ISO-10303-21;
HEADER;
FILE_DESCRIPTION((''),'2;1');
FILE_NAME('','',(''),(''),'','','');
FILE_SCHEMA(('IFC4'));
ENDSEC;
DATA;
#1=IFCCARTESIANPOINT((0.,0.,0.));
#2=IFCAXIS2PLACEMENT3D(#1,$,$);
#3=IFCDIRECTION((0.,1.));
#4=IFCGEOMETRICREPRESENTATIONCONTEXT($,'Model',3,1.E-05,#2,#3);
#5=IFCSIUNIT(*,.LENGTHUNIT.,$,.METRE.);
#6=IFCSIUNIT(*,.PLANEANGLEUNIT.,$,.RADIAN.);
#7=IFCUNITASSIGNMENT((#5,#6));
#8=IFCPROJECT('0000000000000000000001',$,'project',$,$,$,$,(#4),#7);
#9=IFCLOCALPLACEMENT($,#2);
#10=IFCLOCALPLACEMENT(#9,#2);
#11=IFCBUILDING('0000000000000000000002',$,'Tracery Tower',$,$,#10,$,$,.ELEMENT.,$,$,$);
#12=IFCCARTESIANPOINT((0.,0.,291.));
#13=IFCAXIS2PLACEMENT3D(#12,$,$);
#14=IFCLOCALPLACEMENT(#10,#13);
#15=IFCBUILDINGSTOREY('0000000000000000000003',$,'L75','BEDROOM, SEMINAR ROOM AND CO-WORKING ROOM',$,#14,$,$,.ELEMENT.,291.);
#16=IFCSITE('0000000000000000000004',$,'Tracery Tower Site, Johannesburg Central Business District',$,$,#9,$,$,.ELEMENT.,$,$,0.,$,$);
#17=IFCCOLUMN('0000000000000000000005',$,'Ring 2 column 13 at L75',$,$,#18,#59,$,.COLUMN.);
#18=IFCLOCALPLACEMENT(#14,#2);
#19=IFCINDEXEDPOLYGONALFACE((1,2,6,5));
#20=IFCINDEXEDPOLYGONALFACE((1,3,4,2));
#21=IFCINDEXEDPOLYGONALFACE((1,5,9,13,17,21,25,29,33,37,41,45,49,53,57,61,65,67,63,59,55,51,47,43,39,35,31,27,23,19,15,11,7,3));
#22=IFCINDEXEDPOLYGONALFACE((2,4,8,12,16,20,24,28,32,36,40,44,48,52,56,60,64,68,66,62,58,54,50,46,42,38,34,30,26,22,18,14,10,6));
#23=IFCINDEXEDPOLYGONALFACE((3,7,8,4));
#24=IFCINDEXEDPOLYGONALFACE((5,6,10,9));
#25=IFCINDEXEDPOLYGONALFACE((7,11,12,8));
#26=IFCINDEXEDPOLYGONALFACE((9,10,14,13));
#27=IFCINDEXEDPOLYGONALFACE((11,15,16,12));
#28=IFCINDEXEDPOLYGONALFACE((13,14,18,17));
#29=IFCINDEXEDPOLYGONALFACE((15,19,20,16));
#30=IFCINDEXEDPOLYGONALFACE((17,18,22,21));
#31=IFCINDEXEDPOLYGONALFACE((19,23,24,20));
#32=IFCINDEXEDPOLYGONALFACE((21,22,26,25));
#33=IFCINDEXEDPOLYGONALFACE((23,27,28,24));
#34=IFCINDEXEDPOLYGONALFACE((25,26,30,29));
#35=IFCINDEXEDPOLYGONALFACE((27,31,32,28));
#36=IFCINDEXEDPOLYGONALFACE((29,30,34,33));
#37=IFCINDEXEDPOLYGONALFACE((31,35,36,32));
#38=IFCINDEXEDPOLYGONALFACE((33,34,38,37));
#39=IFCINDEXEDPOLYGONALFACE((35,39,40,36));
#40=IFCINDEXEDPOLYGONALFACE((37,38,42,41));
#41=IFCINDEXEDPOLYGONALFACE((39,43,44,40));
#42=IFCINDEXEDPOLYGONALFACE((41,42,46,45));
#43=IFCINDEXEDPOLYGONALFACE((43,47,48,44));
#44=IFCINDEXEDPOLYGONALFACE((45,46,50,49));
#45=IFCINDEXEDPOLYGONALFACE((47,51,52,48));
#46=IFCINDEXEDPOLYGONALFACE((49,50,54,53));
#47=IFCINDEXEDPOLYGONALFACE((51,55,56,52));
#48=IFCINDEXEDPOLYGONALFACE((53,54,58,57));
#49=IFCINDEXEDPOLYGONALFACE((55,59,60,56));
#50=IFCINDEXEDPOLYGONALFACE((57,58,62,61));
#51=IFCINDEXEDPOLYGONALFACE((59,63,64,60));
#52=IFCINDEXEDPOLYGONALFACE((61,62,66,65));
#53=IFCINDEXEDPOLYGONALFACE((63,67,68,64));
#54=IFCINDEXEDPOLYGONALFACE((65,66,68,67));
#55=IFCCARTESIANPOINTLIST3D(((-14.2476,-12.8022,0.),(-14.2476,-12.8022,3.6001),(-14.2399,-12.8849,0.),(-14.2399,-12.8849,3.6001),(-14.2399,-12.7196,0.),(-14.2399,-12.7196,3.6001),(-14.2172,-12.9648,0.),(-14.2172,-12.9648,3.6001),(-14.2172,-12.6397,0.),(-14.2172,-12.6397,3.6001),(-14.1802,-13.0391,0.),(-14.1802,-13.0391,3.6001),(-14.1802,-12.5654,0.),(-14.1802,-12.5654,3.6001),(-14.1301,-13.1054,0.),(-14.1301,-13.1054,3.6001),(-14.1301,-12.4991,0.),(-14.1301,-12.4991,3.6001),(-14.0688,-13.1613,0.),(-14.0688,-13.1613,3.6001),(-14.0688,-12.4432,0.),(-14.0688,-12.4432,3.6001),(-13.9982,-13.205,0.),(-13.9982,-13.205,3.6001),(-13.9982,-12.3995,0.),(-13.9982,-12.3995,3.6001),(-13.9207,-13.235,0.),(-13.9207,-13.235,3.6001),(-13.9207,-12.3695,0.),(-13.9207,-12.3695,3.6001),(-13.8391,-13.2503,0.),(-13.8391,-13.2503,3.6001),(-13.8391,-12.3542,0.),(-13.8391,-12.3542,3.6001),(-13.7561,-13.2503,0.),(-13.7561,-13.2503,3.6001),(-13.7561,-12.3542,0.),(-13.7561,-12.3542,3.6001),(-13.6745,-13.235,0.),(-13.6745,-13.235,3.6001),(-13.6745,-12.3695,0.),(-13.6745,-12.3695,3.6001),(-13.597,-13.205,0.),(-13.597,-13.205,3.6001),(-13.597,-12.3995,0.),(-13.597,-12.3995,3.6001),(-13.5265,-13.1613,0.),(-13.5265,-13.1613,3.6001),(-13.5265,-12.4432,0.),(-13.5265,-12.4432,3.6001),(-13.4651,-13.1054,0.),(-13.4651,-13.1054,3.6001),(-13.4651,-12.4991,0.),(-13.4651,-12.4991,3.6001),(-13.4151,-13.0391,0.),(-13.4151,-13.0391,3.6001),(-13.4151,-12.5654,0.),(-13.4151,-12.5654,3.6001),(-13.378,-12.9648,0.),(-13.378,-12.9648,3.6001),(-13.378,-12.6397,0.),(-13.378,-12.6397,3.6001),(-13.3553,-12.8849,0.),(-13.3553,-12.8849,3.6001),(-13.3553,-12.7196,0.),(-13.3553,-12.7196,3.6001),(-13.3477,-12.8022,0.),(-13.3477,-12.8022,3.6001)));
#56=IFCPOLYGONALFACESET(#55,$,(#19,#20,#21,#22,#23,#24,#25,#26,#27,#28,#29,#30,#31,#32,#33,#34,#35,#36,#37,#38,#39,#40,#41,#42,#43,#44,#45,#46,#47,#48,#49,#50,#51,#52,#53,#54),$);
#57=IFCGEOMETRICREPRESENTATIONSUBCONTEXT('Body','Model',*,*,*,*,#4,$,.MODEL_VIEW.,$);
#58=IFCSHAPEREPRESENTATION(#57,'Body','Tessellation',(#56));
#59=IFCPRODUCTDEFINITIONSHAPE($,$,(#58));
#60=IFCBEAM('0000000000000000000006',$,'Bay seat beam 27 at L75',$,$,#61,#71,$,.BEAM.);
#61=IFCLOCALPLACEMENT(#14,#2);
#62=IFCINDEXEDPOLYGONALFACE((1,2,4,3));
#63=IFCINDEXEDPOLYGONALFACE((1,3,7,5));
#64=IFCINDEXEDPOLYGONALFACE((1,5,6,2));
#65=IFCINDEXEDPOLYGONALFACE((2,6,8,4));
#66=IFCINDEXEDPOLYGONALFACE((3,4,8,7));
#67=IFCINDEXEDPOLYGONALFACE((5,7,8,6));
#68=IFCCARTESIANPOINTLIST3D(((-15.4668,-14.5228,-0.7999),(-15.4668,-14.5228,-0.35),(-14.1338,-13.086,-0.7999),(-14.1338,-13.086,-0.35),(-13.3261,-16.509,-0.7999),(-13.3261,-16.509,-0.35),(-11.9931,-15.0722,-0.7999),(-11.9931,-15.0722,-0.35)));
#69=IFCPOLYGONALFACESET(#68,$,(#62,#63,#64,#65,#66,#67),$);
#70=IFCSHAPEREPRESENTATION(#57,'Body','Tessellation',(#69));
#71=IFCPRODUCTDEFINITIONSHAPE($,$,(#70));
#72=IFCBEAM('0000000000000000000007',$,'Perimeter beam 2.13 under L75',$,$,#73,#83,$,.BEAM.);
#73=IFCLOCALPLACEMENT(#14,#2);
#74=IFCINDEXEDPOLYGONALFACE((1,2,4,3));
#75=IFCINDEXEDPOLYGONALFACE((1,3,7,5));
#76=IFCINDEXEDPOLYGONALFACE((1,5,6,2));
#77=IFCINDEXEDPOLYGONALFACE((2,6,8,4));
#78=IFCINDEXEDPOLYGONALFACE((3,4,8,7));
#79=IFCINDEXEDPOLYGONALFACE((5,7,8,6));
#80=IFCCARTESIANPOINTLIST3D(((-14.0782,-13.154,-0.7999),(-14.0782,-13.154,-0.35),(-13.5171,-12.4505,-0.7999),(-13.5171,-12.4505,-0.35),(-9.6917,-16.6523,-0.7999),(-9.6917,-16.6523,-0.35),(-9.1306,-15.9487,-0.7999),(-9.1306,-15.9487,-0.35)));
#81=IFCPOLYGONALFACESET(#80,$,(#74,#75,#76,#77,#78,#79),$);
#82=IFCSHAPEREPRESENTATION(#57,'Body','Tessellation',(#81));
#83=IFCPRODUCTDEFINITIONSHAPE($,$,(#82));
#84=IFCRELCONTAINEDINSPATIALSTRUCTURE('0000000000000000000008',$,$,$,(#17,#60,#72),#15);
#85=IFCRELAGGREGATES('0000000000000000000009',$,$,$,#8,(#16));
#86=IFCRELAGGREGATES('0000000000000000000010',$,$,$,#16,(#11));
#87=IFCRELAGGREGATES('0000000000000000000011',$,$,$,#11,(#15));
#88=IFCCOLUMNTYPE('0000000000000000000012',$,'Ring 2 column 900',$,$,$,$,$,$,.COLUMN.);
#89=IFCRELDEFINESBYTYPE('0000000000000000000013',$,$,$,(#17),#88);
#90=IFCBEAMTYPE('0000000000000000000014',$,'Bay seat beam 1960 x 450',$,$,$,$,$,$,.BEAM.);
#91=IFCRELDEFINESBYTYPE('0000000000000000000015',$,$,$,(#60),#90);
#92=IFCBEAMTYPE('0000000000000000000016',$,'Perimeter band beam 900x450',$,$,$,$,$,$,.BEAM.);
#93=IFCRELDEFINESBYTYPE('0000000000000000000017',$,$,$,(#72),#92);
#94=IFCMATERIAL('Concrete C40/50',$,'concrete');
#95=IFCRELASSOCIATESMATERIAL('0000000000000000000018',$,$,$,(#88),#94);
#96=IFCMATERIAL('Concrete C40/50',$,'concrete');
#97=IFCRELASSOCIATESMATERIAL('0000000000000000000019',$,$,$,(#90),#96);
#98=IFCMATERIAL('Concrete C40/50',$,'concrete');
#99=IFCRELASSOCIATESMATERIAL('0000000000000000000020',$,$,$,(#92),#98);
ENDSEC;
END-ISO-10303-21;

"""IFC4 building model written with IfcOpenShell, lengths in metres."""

from ifc_helpers import new_model, si_unit, direction, frame, origin, origin_2d, place, context, subcontext, project, spatial, rectangle, circle, extrude, material, material_profile, profile_set, type_object, element, save


model = new_model("IFC4")

# Units and contexts
model_context = context("Model", 3, precision=1e-05, world=origin(), true_north=direction((0.0, 1.0)))
body_context = subcontext(model_context, "Body", "Model", "MODEL_VIEW")
ifc_project = project(units=[si_unit("LENGTHUNIT", "METRE"), si_unit("PLANEANGLEUNIT", "RADIAN")], contexts=[model_context])

# Site, building, storey
site_placement = place(None, origin())
site = spatial("IfcSite", under=ifc_project, at=site_placement, Name="Tracery Tower Site, Johannesburg Central Business District", CompositionType="ELEMENT", RefElevation=0.0)
building_placement = place(site_placement, origin())
building = spatial("IfcBuilding", under=site, at=building_placement, Name="Tracery Tower", CompositionType="ELEMENT")
storey_placement = place(building_placement, frame((0.0, 0.0, 291.0)))
storey = spatial("IfcBuildingStorey", under=building, at=storey_placement, Name="L75", Description="BEDROOM, SEMINAR ROOM AND CO-WORKING ROOM", CompositionType="ELEMENT", Elevation=291.0)

# Column
ifc_material_1 = material(Name="Concrete C40/50", Category="concrete")
ifc_material_profile_1 = material_profile(ifc_material_1, circle(Radius=0.45, at=origin_2d()), Name="RC D900")
ifc_profile_set_1 = profile_set([ifc_material_profile_1], Name="Concrete C40/50")
column_type = type_object("IfcColumnType", Name="Ring 2 column 900", PredefinedType="COLUMN", material=ifc_profile_set_1)
column_placement = place(storey_placement, frame((-13.7976, -12.8022, 0.0), z_axis=(0.0, 0.0, 1.0), x_axis=(1.0, 0.0, 0.0)))
element("IfcColumn", 1, at=column_placement, inside=storey, type_object=column_type, Name="Ring 2 column 13 at L75", PredefinedType="COLUMN", context=body_context, shape_type="SweptSolid", body=[
    extrude(circle(Radius=0.45, at=origin_2d()), origin(), (0.0, 0.0, 1.0), 3.6001),
])

# Beams
ifc_material_2 = material(Name="Concrete C40/50", Category="concrete")
ifc_material_profile_2 = material_profile(ifc_material_2, rectangle(XDim=1.96, YDim=0.45, at=origin_2d()), Name="RC 1960x450")
ifc_profile_set_2 = profile_set([ifc_material_profile_2], Name="Concrete C40/50")
beam_type_1 = type_object("IfcBeamType", Name="Bay seat beam 1960 x 450", PredefinedType="BEAM", material=ifc_profile_set_2)
beam_1_placement = place(storey_placement, frame((-14.8003, -13.8044, -0.575), z_axis=(0.733073, -0.68015, 0.0), x_axis=(0.68015, 0.733073, 0.0)))
element("IfcBeam", 2, at=beam_1_placement, inside=storey, type_object=beam_type_1, Name="Bay seat beam 27 at L75", PredefinedType="BEAM", context=body_context, shape_type="SweptSolid", body=[
    extrude(rectangle(XDim=1.96, YDim=0.45, at=origin_2d()), origin(), (0.0, 0.0, 1.0), 2.9202),
])
ifc_material_3 = material(Name="Concrete C40/50", Category="concrete")
ifc_material_profile_3 = material_profile(ifc_material_3, rectangle(XDim=0.8999, YDim=0.45, at=origin_2d()), Name="RC 900x450")
ifc_profile_set_3 = profile_set([ifc_material_profile_3], Name="Concrete C40/50")
beam_type_2 = type_object("IfcBeamType", Name="Perimeter band beam 900x450", PredefinedType="BEAM", material=ifc_profile_set_3)
beam_2_placement = place(storey_placement, frame((-13.7976, -12.8022, -0.575), z_axis=(0.781815, -0.623511, 0.0), x_axis=(0.623511, 0.781815, 0.0)))
element("IfcBeam", 3, at=beam_2_placement, inside=storey, type_object=beam_type_2, Name="Perimeter beam 2.13 under L75", PredefinedType="BEAM", context=body_context, shape_type="SweptSolid", body=[
    extrude(rectangle(XDim=0.8999, YDim=0.45, at=origin_2d()), origin(), (0.0, 0.0, 1.0), 5.6106),
])

save(model, "model.ifc")
